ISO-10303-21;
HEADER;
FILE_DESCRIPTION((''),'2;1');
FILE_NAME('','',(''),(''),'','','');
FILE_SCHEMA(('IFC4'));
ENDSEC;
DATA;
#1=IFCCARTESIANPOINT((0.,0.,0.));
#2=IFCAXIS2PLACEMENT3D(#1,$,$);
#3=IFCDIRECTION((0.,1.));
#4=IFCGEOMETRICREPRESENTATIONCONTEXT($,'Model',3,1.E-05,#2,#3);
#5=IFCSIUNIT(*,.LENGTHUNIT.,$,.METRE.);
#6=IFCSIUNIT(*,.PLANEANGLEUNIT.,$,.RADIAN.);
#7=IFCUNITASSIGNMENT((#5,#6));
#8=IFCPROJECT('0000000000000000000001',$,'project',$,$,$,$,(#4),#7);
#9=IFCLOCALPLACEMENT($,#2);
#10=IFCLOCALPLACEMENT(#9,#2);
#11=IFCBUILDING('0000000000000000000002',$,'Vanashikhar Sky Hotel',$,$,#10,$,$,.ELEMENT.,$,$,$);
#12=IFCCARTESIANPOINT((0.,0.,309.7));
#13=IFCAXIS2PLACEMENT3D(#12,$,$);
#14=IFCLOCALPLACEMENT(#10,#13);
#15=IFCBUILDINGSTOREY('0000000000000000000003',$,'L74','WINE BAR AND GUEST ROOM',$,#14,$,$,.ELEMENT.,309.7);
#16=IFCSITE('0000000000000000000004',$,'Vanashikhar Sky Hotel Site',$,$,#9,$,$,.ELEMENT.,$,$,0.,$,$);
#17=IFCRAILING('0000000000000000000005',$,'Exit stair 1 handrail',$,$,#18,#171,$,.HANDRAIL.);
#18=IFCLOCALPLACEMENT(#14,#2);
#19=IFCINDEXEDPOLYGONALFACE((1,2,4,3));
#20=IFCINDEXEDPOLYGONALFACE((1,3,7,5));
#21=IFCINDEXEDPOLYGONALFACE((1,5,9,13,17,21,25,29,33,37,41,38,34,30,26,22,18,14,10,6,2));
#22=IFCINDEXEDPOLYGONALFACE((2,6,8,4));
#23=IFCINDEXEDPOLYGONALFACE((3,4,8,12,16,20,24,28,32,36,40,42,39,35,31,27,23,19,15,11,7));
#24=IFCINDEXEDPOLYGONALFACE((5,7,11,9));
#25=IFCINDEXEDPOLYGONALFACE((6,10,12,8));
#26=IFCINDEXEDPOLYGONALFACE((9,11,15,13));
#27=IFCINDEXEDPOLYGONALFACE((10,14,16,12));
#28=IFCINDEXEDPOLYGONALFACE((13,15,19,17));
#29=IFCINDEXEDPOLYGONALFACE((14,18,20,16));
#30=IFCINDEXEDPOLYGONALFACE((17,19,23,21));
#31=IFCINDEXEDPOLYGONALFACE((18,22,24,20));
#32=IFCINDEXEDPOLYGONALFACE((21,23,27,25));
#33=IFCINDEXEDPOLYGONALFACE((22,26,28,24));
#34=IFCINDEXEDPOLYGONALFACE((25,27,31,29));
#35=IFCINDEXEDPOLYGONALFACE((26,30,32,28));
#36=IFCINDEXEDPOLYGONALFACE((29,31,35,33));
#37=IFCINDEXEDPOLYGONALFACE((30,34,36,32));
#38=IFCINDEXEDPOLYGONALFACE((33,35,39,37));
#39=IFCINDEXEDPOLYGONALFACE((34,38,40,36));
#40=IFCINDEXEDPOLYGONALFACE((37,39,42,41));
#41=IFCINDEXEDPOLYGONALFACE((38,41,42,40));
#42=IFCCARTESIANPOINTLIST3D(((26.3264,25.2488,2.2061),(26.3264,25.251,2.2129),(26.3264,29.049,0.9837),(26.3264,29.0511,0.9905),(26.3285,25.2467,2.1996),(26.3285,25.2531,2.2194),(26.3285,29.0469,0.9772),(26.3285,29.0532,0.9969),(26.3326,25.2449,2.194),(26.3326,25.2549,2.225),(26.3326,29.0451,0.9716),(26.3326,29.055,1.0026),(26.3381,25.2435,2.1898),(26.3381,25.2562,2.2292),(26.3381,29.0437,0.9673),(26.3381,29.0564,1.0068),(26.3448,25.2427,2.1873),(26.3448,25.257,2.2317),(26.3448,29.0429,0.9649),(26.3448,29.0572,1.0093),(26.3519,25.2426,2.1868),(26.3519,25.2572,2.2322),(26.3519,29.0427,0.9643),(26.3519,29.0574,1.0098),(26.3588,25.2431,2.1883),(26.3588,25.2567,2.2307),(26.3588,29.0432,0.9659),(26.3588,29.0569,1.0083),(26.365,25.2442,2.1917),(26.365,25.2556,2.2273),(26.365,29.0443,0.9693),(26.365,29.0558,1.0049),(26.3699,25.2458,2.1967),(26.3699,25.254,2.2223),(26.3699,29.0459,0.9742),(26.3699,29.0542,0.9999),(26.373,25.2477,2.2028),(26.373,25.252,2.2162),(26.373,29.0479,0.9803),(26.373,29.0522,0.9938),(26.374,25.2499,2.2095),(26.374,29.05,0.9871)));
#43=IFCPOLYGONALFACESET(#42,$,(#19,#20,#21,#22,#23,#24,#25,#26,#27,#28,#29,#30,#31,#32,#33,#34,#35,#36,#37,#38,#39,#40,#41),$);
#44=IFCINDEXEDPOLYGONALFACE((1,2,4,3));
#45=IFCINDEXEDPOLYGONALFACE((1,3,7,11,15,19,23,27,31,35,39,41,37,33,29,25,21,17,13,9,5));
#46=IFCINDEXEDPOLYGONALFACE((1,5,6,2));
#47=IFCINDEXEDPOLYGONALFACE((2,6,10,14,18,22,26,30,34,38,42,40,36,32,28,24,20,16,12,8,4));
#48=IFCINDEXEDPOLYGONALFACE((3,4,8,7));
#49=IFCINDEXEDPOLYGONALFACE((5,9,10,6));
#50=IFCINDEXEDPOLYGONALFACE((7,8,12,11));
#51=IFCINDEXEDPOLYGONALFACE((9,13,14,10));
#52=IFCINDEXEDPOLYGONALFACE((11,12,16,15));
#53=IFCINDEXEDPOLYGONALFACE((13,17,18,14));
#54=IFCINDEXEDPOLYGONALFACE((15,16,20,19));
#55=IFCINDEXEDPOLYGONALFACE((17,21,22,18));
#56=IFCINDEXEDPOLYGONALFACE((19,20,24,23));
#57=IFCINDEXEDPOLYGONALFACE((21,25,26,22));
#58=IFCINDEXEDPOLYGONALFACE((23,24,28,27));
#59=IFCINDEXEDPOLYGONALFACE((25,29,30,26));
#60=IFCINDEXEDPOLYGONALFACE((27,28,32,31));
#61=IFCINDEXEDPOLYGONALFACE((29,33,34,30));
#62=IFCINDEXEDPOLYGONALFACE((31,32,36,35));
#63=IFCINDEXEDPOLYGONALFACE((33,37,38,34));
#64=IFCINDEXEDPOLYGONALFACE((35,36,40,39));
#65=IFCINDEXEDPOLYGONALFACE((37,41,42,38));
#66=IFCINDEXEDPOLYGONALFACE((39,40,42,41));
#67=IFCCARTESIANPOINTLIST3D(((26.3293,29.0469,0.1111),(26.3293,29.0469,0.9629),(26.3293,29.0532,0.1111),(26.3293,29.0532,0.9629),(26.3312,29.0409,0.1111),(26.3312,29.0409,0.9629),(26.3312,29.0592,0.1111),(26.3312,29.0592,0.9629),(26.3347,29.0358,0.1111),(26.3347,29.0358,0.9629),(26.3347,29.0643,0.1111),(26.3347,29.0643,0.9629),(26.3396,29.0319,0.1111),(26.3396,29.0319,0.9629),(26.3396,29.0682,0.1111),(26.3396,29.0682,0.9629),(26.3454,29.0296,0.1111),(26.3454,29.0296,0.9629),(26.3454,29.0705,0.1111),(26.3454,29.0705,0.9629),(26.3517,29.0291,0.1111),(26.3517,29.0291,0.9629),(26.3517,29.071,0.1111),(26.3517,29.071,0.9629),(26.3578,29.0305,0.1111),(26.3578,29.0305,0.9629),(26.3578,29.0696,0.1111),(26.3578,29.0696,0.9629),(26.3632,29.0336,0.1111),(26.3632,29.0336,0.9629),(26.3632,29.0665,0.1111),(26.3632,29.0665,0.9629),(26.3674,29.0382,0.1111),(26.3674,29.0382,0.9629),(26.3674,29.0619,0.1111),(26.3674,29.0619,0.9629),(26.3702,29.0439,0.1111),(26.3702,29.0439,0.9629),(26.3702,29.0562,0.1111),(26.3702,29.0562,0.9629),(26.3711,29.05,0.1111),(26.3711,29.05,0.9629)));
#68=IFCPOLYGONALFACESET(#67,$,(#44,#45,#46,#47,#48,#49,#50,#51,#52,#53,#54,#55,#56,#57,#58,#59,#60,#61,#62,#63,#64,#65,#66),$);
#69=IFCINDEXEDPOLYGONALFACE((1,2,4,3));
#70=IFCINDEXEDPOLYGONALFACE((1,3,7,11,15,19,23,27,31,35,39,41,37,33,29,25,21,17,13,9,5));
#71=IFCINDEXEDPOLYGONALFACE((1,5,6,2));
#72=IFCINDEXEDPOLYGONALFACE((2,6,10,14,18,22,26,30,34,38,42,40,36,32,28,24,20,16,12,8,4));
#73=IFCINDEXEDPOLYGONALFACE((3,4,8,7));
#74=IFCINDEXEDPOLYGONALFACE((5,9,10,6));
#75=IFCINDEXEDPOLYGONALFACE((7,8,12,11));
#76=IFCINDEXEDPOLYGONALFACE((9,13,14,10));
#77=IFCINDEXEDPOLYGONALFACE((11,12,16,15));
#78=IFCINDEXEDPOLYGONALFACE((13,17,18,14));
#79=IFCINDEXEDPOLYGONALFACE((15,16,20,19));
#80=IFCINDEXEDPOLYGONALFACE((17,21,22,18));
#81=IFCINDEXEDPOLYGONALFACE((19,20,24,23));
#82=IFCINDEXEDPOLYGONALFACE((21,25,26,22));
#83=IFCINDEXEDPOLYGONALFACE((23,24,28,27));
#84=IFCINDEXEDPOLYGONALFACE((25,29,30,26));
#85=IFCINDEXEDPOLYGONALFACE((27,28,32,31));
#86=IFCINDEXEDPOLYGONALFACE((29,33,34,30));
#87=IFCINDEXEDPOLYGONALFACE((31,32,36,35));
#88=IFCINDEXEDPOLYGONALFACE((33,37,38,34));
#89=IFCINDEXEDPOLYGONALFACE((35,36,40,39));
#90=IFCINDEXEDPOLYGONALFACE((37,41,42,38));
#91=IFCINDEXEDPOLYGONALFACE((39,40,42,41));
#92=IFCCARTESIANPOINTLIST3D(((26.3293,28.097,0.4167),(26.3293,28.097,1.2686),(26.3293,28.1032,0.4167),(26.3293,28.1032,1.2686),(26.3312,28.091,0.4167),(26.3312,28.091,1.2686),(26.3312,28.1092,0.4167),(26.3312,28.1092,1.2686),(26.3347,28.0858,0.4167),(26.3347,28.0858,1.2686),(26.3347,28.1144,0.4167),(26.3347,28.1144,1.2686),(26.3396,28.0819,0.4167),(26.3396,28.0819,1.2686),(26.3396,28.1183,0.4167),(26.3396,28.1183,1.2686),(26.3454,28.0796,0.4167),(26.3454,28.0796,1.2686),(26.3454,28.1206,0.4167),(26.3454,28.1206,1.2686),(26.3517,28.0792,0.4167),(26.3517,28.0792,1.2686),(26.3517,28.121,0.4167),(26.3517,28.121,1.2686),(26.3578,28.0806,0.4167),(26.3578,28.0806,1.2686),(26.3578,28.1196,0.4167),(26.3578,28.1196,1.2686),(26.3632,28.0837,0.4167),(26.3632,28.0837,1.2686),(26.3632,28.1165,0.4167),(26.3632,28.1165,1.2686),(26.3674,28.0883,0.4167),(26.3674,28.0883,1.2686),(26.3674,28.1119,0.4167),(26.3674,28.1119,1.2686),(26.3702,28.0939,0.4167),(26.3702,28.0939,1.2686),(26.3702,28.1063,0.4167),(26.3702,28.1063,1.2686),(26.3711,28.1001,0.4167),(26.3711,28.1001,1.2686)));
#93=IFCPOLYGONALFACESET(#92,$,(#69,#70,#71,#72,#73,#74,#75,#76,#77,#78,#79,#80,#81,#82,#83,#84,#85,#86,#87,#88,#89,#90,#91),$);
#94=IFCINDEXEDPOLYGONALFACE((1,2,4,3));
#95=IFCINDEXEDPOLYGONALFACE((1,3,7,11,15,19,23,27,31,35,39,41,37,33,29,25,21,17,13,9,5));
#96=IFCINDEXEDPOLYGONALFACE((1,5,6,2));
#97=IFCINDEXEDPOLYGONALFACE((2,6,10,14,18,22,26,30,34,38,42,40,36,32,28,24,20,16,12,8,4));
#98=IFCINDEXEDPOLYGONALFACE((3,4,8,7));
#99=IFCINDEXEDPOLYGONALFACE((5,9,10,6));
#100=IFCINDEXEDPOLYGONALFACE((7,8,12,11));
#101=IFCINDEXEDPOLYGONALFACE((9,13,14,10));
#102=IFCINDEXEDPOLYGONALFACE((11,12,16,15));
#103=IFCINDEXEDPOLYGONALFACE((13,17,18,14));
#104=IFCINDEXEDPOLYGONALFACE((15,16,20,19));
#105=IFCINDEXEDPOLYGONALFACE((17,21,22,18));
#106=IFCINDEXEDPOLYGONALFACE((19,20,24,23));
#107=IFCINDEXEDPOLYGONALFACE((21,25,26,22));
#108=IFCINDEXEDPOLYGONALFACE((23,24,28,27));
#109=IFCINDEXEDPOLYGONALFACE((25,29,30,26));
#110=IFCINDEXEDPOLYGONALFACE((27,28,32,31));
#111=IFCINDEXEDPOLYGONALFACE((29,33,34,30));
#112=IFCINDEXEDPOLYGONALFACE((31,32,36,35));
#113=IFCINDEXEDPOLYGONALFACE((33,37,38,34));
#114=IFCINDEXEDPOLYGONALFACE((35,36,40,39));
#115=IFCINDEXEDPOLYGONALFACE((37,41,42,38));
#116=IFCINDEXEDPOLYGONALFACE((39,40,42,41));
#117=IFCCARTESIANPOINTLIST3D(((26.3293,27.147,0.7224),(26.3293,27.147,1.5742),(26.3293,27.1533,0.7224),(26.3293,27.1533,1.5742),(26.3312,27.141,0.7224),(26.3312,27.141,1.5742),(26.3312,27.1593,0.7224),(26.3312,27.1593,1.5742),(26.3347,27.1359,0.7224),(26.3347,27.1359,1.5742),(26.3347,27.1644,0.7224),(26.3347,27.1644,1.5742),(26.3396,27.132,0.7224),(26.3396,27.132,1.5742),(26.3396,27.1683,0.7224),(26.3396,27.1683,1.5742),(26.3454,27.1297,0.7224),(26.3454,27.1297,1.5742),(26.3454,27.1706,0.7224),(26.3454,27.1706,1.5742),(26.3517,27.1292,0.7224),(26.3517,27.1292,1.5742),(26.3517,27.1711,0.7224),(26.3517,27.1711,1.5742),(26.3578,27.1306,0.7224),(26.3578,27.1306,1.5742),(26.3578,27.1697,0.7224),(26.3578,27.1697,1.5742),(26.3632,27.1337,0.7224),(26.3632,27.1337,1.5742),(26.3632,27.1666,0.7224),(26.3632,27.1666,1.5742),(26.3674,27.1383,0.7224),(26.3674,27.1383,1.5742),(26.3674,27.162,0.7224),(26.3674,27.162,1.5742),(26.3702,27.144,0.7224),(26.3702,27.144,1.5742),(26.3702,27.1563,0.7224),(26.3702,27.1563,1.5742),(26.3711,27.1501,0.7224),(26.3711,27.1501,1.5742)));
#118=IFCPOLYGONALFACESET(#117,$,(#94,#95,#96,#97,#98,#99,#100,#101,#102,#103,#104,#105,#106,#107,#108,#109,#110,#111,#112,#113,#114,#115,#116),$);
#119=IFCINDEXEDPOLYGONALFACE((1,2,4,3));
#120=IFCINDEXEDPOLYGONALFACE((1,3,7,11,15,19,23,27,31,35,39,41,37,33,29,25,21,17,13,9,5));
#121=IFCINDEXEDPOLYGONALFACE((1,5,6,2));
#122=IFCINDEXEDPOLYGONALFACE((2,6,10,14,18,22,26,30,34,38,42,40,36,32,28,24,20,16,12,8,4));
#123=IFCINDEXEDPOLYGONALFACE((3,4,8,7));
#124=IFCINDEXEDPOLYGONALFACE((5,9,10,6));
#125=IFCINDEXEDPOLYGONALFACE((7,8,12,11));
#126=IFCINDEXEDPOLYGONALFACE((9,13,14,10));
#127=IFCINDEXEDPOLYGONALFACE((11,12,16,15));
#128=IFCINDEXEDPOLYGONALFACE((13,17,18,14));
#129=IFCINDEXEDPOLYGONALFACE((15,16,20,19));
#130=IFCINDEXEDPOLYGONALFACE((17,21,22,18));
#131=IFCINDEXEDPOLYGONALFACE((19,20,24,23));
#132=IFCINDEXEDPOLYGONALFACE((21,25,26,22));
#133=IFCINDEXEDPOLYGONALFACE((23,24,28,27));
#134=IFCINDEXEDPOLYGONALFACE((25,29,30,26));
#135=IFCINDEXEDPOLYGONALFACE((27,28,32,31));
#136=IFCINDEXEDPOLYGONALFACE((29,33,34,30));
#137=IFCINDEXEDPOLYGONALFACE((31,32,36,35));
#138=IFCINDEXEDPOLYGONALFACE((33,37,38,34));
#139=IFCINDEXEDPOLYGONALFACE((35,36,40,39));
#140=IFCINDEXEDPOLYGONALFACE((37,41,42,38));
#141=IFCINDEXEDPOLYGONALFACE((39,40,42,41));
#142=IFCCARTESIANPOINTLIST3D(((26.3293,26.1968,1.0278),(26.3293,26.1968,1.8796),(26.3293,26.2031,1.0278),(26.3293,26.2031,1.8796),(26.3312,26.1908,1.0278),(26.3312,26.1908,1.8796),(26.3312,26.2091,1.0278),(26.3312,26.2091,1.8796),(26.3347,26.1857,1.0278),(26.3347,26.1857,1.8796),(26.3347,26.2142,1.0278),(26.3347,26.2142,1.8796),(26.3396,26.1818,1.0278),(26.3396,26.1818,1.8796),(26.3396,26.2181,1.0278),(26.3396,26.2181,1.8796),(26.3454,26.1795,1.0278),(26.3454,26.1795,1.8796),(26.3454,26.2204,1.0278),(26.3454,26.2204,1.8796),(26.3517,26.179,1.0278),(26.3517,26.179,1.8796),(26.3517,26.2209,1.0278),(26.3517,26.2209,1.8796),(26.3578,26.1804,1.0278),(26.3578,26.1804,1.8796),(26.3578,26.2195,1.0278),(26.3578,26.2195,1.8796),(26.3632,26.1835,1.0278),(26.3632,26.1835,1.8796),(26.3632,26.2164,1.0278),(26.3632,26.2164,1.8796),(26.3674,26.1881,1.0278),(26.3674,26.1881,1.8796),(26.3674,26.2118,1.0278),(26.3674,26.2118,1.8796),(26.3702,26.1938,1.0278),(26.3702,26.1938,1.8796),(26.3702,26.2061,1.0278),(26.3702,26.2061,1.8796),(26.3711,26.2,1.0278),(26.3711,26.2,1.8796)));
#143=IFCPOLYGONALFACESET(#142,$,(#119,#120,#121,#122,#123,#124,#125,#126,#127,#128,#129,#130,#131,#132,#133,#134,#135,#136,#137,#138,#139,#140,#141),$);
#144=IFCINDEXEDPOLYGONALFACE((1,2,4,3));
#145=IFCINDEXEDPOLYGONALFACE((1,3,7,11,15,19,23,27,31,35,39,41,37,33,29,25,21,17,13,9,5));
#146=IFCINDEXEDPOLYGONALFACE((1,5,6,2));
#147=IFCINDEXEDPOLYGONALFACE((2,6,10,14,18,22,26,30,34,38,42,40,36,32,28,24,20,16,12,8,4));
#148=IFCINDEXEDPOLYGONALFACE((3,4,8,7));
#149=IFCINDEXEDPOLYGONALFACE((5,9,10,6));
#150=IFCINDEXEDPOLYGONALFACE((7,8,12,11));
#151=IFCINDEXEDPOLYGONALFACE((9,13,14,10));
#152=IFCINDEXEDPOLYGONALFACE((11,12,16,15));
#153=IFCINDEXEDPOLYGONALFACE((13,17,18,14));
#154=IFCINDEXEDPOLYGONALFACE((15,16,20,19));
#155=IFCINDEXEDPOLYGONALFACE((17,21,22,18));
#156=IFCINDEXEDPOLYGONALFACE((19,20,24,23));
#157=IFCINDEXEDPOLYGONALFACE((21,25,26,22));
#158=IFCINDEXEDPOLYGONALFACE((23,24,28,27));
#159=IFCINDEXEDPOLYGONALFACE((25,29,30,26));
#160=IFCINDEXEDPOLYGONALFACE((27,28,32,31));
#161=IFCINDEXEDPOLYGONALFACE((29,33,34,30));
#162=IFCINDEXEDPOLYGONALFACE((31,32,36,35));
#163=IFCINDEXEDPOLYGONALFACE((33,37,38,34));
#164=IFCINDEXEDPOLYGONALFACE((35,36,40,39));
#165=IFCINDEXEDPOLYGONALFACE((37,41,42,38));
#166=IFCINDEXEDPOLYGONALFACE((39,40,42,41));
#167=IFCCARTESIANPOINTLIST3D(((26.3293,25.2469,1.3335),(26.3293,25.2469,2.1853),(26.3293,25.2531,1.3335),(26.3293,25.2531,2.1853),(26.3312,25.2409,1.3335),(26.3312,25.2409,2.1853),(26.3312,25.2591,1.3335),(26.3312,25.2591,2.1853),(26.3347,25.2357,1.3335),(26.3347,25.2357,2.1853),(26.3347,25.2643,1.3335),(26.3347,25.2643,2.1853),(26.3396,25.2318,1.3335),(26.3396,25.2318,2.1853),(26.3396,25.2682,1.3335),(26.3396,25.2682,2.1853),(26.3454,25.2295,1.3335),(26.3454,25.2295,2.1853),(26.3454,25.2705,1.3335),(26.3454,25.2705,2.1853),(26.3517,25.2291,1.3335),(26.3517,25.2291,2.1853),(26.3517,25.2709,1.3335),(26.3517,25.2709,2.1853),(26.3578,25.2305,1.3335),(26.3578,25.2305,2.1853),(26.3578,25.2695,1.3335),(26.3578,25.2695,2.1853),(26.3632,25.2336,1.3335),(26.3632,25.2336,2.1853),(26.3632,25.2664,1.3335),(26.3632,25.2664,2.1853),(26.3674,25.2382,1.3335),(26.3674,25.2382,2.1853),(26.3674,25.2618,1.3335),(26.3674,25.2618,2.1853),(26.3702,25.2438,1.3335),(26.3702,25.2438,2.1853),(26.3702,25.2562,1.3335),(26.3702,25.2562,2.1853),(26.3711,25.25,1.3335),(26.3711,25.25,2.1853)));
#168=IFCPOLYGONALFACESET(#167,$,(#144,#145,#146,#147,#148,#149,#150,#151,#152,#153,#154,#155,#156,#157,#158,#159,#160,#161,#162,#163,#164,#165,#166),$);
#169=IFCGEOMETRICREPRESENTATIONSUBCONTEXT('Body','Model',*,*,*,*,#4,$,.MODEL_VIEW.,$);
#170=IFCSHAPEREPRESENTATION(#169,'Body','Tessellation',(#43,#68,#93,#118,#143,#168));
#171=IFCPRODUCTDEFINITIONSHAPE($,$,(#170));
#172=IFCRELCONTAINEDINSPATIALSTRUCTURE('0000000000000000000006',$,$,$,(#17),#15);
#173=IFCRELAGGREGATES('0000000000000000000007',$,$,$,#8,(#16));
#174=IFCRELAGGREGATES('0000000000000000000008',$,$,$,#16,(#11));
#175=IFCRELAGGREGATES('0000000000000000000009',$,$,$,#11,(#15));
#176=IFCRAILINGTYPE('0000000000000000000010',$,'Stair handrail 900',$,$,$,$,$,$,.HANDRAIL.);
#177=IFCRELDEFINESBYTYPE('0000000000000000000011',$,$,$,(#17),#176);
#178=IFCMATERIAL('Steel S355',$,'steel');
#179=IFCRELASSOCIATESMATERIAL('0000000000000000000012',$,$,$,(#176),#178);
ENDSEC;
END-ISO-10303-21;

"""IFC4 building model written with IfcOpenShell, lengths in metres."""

from ifc_helpers import new_model, si_unit, direction, frame, origin, origin_2d, place, context, subcontext, project, spatial, circle, extrude, source, transform, mapped, material, type_object, element, save


model = new_model("IFC4")

# Units and contexts
model_context = context("Model", 3, precision=1e-05, world=origin(), true_north=direction((0.0, 1.0)))
body_context = subcontext(model_context, "Body", "Model", "MODEL_VIEW")
ifc_project = project(units=[si_unit("LENGTHUNIT", "METRE"), si_unit("PLANEANGLEUNIT", "RADIAN")], contexts=[model_context])

# Site, building, storey
site_placement = place(None, origin())
site = spatial("IfcSite", under=ifc_project, at=site_placement, Name="Vanashikhar Sky Hotel Site", CompositionType="ELEMENT", RefElevation=0.0)
building_placement = place(site_placement, origin())
building = spatial("IfcBuilding", under=site, at=building_placement, Name="Vanashikhar Sky Hotel", CompositionType="ELEMENT")
storey_placement = place(building_placement, frame((0.0, 0.0, 309.7)))
storey = spatial("IfcBuildingStorey", under=building, at=storey_placement, Name="L74", Description="WINE BAR AND GUEST ROOM", CompositionType="ELEMENT", Elevation=309.7)

# Railing
ifc_material_1 = material(Name="Steel S355", Category="steel")
railing_type_1 = type_object("IfcRailingType", Name="Stair handrail 900", PredefinedType="HANDRAIL", material=ifc_material_1)
shared_shape_1 = source(origin(), body_context, "Body", "SweptSolid", [
    extrude(circle(Radius=0.0239, at=origin_2d()), frame((0.0, 0.0, 0.876), z_axis=(0.0, -0.951958, 0.306229), x_axis=(1.0, 0.0, 0.0)), (0.0, 0.0, 1.0), 3.9919),
    extrude(circle(Radius=0.021, at=origin_2d()), origin(), (0.0, 0.0, 1.0), 0.8518),
    extrude(circle(Radius=0.021, at=origin_2d()), frame((0.0, -0.95, 0.3057)), (0.0, 0.0, 1.0), 0.8518),
    extrude(circle(Radius=0.021, at=origin_2d()), frame((0.0, -1.8999, 0.6113)), (0.0, 0.0, 1.0), 0.8518),
    extrude(circle(Radius=0.021, at=origin_2d()), frame((0.0, -2.8501, 0.9167)), (0.0, 0.0, 1.0), 0.8518),
    extrude(circle(Radius=0.021, at=origin_2d()), frame((0.0, -3.8, 1.2224)), (0.0, 0.0, 1.0), 0.8518),
])
for number, where, name in (
    (1, (26.3501, 29.05, 0.1111), "Exit stair 1 handrail"),
):
    element("IfcRailing", number, at=place(storey_placement, frame(where)), inside=storey, type_object=railing_type_1, Name=name, PredefinedType="HANDRAIL", context=body_context, shape_type="MappedRepresentation", body=[
        mapped(shared_shape_1, transform((0.0, 0.0, 0.0), scale=1.0)),
    ])

save(model, "model.ifc")
